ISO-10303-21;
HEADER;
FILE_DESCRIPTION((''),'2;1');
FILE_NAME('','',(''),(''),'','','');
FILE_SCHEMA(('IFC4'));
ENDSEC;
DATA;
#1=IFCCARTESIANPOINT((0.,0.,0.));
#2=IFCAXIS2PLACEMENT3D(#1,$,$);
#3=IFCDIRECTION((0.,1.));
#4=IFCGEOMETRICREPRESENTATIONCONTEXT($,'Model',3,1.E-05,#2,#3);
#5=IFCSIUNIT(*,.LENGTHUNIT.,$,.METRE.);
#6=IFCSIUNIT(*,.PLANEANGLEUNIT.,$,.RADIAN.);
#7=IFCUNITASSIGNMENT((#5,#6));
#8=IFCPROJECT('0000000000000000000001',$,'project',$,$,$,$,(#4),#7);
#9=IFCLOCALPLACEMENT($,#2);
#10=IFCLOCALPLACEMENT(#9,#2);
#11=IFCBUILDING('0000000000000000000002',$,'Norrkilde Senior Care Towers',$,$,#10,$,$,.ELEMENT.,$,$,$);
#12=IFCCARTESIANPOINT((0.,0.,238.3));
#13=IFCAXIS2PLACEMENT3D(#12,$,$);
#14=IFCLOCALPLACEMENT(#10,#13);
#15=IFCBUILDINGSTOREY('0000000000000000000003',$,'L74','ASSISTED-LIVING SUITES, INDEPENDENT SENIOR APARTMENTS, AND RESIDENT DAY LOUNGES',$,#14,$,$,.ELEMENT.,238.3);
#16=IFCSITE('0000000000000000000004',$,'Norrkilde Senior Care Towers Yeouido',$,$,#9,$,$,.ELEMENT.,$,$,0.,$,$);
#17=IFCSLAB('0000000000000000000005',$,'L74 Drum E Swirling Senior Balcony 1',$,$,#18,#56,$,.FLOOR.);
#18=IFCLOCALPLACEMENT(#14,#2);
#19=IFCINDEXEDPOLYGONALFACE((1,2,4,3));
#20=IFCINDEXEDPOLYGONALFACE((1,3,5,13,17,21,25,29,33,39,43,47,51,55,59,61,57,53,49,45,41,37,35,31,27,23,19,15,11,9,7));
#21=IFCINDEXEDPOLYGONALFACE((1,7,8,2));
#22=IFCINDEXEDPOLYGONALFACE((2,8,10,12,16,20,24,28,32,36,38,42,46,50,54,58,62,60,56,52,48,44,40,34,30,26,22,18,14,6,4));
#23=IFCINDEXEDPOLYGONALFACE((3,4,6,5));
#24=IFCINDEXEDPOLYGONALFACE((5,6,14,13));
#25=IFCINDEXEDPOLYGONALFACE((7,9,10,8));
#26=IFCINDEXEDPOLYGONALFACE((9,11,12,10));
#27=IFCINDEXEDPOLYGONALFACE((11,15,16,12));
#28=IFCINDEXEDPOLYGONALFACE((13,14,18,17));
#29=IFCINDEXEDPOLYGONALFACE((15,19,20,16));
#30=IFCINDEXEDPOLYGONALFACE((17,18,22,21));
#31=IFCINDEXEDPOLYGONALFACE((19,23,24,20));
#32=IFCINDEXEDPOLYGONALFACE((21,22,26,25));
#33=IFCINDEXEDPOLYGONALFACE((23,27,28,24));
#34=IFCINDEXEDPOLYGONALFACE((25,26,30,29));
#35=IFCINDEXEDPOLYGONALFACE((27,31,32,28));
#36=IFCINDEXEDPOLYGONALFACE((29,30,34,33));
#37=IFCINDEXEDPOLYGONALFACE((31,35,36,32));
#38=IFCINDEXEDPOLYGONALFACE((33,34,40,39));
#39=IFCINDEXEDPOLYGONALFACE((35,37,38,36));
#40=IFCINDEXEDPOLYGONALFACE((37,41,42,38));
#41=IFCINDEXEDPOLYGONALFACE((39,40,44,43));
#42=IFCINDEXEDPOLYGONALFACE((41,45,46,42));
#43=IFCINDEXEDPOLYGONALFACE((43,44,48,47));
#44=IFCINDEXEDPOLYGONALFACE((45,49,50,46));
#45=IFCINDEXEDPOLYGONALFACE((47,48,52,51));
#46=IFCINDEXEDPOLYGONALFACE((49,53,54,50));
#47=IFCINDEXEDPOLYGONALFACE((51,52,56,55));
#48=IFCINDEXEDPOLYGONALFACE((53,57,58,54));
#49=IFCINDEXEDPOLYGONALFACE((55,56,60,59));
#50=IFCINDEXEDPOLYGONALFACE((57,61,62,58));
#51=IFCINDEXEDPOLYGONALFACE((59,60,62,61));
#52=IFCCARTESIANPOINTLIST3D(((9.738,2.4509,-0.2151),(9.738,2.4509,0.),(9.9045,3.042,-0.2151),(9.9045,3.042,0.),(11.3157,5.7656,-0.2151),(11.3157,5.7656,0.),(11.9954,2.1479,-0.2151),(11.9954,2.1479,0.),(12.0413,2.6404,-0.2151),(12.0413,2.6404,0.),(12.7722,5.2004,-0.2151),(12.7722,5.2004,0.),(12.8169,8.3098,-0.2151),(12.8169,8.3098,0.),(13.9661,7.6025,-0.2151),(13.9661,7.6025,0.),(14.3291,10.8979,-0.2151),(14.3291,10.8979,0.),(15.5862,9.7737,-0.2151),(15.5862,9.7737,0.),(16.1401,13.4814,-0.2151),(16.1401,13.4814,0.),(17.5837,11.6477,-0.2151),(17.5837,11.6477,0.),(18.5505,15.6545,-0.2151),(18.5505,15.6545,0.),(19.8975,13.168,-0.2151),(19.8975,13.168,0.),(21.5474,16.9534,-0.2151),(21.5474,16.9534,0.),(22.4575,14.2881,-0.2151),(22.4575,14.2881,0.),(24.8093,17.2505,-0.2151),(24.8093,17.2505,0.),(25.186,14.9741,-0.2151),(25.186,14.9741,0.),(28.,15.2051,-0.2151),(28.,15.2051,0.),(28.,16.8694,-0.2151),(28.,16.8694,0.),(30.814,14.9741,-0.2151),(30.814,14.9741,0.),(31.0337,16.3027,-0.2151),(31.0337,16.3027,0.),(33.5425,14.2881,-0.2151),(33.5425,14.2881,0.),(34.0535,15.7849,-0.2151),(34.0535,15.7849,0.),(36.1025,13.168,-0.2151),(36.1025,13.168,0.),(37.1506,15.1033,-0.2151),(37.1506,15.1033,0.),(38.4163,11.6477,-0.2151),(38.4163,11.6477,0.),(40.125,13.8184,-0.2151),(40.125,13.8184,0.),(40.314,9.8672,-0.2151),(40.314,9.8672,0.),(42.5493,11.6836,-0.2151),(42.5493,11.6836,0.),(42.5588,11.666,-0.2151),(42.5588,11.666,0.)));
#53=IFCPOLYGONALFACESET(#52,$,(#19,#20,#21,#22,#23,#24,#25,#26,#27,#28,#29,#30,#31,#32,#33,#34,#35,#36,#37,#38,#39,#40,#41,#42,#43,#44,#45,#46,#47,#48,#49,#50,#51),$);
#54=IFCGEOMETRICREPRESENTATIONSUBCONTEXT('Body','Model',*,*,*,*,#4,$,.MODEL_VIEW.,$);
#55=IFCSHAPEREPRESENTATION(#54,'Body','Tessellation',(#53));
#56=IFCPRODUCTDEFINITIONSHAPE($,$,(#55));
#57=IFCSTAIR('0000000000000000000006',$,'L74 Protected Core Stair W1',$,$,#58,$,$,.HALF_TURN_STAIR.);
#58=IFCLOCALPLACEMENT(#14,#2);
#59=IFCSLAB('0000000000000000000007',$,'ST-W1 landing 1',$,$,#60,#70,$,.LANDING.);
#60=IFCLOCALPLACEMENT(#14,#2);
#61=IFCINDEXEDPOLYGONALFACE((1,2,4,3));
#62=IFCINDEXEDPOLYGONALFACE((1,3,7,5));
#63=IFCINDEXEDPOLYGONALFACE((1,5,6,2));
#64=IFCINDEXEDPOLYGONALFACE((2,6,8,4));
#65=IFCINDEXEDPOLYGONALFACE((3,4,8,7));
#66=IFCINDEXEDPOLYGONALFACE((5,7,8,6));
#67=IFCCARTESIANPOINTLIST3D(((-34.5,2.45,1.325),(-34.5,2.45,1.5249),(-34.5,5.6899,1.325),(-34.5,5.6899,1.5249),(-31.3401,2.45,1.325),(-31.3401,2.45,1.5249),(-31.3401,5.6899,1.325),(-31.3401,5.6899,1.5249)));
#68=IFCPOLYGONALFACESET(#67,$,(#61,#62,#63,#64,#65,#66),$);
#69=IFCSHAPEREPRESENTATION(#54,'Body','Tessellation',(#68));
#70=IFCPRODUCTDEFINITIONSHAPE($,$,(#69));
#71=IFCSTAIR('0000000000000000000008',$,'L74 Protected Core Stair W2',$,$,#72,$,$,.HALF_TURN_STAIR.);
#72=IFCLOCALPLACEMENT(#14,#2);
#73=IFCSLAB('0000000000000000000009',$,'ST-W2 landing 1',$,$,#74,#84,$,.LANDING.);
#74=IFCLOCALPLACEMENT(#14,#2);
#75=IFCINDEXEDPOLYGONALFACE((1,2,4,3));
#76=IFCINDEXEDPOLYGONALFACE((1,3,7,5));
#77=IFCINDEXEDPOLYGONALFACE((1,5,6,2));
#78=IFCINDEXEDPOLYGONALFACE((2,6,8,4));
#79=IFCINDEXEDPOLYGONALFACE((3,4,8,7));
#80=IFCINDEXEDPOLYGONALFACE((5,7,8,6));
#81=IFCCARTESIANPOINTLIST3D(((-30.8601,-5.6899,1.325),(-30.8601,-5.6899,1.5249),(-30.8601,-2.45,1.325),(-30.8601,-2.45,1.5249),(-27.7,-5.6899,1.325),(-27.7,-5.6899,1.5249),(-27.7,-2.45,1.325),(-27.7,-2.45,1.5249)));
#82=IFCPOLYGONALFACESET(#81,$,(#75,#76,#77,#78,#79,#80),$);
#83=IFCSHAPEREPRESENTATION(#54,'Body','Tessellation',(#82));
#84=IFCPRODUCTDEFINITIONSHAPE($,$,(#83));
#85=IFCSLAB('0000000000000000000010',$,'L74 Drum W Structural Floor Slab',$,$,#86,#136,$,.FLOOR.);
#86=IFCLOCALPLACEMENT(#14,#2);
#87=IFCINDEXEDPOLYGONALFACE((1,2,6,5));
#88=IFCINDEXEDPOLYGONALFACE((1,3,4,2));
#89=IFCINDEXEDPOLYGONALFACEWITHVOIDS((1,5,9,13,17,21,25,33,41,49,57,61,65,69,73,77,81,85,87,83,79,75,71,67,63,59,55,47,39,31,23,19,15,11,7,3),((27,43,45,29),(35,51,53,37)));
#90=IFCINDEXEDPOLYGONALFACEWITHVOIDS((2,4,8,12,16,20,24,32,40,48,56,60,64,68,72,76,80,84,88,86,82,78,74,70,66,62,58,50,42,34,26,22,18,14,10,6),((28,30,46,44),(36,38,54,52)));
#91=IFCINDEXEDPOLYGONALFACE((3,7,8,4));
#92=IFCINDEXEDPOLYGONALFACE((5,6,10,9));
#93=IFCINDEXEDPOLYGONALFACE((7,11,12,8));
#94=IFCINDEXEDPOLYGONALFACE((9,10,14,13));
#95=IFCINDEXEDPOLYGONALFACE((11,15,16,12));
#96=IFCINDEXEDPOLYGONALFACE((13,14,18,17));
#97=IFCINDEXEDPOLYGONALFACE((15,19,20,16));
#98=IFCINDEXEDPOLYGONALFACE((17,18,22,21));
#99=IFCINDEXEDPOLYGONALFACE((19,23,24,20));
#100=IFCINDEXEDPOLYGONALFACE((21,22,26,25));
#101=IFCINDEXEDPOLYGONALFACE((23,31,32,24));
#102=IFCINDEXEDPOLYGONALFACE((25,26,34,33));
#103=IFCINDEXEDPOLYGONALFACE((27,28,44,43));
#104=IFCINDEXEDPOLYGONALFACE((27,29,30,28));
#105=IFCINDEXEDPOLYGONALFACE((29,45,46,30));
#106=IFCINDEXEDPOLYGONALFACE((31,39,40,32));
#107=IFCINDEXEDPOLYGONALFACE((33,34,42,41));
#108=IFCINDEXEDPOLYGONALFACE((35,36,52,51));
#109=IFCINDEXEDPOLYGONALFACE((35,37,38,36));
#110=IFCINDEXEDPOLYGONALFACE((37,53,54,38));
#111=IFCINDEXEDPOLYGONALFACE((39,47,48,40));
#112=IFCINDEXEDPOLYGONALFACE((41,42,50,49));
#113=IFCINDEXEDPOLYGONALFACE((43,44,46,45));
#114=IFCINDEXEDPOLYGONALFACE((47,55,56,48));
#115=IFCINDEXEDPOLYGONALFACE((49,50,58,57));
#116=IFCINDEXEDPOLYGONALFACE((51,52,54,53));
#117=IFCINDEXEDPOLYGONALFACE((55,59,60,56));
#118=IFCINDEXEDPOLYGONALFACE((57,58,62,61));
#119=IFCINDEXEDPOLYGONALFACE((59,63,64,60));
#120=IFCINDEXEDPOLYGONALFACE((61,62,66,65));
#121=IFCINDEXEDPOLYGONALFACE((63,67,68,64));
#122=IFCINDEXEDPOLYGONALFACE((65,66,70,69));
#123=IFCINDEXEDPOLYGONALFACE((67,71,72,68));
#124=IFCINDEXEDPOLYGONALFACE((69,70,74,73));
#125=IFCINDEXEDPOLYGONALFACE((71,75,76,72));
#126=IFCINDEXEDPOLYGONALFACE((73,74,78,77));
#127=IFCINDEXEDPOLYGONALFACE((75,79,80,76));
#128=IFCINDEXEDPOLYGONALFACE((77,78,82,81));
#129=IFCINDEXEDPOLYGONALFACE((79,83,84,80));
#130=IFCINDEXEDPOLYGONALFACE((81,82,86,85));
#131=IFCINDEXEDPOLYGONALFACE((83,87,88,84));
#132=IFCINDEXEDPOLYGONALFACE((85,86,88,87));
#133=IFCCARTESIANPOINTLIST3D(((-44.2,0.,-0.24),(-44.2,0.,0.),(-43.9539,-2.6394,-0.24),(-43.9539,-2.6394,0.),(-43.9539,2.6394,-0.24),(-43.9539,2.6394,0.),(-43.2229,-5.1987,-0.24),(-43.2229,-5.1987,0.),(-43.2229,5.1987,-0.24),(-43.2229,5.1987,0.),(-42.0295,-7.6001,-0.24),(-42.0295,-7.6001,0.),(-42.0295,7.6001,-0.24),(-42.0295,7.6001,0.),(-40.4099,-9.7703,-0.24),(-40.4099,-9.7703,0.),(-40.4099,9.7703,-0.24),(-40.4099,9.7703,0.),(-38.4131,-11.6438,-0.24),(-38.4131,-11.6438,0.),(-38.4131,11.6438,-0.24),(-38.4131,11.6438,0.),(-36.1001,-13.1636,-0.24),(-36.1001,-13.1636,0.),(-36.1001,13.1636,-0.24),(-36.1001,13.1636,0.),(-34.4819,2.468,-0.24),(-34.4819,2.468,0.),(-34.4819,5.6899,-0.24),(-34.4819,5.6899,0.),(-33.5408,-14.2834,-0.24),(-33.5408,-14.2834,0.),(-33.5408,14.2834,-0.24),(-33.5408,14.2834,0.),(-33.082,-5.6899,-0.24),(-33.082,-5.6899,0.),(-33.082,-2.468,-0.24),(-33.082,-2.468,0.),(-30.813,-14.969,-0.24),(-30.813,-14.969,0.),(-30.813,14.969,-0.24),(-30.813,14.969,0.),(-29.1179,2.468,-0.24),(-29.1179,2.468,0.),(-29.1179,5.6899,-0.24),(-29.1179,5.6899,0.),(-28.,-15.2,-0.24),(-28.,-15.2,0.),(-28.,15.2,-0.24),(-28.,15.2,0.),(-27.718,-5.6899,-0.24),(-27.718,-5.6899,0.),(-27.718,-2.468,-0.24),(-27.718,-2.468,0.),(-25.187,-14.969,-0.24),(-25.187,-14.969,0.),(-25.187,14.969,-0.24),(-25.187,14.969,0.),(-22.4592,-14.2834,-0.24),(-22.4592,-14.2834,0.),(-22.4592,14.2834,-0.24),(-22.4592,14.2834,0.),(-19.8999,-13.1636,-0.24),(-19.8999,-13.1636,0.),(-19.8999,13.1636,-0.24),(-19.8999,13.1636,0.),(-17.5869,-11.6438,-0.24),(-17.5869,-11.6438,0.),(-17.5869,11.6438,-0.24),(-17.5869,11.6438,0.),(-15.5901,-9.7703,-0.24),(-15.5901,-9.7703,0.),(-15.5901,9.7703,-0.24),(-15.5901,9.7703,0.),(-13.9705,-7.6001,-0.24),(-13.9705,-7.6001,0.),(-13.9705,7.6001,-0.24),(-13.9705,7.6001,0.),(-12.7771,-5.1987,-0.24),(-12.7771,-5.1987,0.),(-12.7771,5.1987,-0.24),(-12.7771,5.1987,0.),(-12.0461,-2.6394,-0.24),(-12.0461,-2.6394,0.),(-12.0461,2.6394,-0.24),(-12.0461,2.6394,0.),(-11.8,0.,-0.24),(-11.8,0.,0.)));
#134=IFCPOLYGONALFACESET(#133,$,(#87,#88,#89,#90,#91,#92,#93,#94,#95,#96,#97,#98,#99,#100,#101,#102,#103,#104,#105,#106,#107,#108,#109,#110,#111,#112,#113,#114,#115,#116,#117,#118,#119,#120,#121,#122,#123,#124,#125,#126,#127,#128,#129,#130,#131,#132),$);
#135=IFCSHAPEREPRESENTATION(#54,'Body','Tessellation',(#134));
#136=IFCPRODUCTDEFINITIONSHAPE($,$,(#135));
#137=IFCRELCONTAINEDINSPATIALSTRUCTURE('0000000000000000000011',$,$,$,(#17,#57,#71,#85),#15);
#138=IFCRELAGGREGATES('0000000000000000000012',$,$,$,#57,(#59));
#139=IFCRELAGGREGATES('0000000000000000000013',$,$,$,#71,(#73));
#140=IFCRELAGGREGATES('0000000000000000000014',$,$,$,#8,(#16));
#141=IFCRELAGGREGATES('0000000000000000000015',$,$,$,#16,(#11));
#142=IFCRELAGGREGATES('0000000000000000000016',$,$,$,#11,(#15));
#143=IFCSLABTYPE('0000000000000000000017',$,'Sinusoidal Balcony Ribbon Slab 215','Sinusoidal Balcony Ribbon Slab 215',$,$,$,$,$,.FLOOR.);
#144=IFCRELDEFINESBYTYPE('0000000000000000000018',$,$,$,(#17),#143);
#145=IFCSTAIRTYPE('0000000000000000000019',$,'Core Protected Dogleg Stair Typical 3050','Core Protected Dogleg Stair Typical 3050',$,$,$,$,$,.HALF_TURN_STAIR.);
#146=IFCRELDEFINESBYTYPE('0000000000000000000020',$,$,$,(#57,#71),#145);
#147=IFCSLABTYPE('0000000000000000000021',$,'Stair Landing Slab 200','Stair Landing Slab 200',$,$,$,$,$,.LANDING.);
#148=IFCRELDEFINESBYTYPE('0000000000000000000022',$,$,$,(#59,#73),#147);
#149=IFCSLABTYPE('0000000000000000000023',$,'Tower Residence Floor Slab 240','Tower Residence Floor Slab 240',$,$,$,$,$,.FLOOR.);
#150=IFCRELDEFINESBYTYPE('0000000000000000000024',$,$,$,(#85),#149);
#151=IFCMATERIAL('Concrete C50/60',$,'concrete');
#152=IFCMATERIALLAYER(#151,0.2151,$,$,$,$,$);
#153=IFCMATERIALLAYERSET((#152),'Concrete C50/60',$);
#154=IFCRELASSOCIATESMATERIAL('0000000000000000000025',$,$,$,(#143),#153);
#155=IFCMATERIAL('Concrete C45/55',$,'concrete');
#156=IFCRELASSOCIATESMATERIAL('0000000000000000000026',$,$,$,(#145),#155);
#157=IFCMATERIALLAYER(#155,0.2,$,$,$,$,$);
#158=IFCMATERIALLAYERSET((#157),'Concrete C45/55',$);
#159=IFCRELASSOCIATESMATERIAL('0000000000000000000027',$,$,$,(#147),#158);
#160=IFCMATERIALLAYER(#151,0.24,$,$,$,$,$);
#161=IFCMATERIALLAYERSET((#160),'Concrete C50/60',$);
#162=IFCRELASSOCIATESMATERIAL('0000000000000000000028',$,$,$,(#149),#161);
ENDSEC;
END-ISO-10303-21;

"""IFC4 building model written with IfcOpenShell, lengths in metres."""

from ifc_helpers import new_model, si_unit, direction, frame, origin, place, context, subcontext, project, spatial, polyline, outline, extrude, material, layer, layer_set, type_object, element, aggregate, save


model = new_model("IFC4")

# Units and contexts
model_context = context("Model", 3, precision=1e-05, world=origin(), true_north=direction((0.0, 1.0)))
body_context = subcontext(model_context, "Body", "Model", "MODEL_VIEW")
ifc_project = project(units=[si_unit("LENGTHUNIT", "METRE"), si_unit("PLANEANGLEUNIT", "RADIAN")], contexts=[model_context])

# Site, building, storey
site_placement = place(None, origin())
site = spatial("IfcSite", under=ifc_project, at=site_placement, Name="Norrkilde Senior Care Towers Yeouido", CompositionType="ELEMENT", RefElevation=0.0)
building_placement = place(site_placement, origin())
building = spatial("IfcBuilding", under=site, at=building_placement, Name="Norrkilde Senior Care Towers", CompositionType="ELEMENT")
storey_placement = place(building_placement, frame((0.0, 0.0, 238.3)))
storey = spatial("IfcBuildingStorey", under=building, at=storey_placement, Name="L74", Description="ASSISTED-LIVING SUITES, INDEPENDENT SENIOR APARTMENTS, AND RESIDENT DAY LOUNGES", CompositionType="ELEMENT", Elevation=238.3)

# Shared definitions
ifc_material_1 = material(Name="Concrete C50/60", Category="concrete")

# Slab
ifc_layer_1 = layer(ifc_material_1, 0.2151)
ifc_layer_set_1 = layer_set([ifc_layer_1], Name="Concrete C50/60")
slab_type_1 = type_object("IfcSlabType", Name="Sinusoidal Balcony Ribbon Slab 215", Description="Sinusoidal Balcony Ribbon Slab 215", PredefinedType="FLOOR", material=ifc_layer_set_1)
slab_1_placement = place(storey_placement, frame((0.0, 0.0, -0.2151)))
element("IfcSlab", 1, at=slab_1_placement, inside=storey, type_object=slab_type_1, Name="L74 Drum E Swirling Senior Balcony 1", PredefinedType="FLOOR", context=body_context, shape_type="SweptSolid", body=[
    extrude(outline(polyline([(11.3157, 5.7656), (12.8169, 8.3098), (14.3291, 10.8979), (16.1401, 13.4814), (18.5505, 15.6545), (21.5474, 16.9534), (24.8093, 17.2505), (28.0, 16.8694), (31.0337, 16.3027), (34.0535, 15.7849), (37.1506, 15.1033), (40.125, 13.8184), (42.5493, 11.6836), (42.5588, 11.666), (40.314, 9.8672), (38.4163, 11.6477), (36.1025, 13.168), (33.5425, 14.2881), (30.814, 14.9741), (28.0, 15.2051), (25.186, 14.9741), (22.4575, 14.2881), (19.8975, 13.168), (17.5837, 11.6477), (15.5862, 9.7737), (13.9661, 7.6025), (12.7722, 5.2004), (12.0413, 2.6404), (11.9954, 2.1479), (9.738, 2.4509), (9.9045, 3.042), (11.3157, 5.7656)])), origin(), (0.0, 0.0, 1.0), 0.2151),
])

# Stairs, slabs
ifc_material_2 = material(Name="Concrete C45/55", Category="concrete")
stair_type = type_object("IfcStairType", Name="Core Protected Dogleg Stair Typical 3050", Description="Core Protected Dogleg Stair Typical 3050", PredefinedType="HALF_TURN_STAIR", material=ifc_material_2)
stair_1_placement = place(storey_placement, origin())
stair_1 = element("IfcStair", 2, at=stair_1_placement, inside=storey, type_object=stair_type, Name="L74 Protected Core Stair W1", PredefinedType="HALF_TURN_STAIR")
ifc_layer_2 = layer(ifc_material_2, 0.2)
ifc_layer_set_2 = layer_set([ifc_layer_2], Name="Concrete C45/55")
slab_type_2 = type_object("IfcSlabType", Name="Stair Landing Slab 200", Description="Stair Landing Slab 200", PredefinedType="LANDING", material=ifc_layer_set_2)
slab_2_placement = place(storey_placement, frame((0.0, 0.0, 1.325)))
slab_2 = element("IfcSlab", 3, at=slab_2_placement, type_object=slab_type_2, Name="ST-W1 landing 1", PredefinedType="LANDING", context=body_context, shape_type="SweptSolid", body=[
    extrude(outline(polyline([(-31.3401, 5.6899), (-34.5, 5.6899), (-34.5, 2.45), (-31.3401, 2.45), (-31.3401, 5.6899)])), origin(), (0.0, 0.0, 1.0), 0.2),
])
aggregate(stair_1, [slab_2])
stair_2_placement = place(storey_placement, origin())
stair_2 = element("IfcStair", 4, at=stair_2_placement, inside=storey, type_object=stair_type, Name="L74 Protected Core Stair W2", PredefinedType="HALF_TURN_STAIR")
slab_3_placement = place(storey_placement, frame((0.0, 0.0, 1.325)))
slab_3 = element("IfcSlab", 5, at=slab_3_placement, type_object=slab_type_2, Name="ST-W2 landing 1", PredefinedType="LANDING", context=body_context, shape_type="SweptSolid", body=[
    extrude(outline(polyline([(-30.8601, -5.6899), (-27.7, -5.6899), (-27.7, -2.45), (-30.8601, -2.45), (-30.8601, -5.6899)])), origin(), (0.0, 0.0, 1.0), 0.2),
])
aggregate(stair_2, [slab_3])

# Slab
ifc_layer_3 = layer(ifc_material_1, 0.24)
ifc_layer_set_3 = layer_set([ifc_layer_3], Name="Concrete C50/60")
slab_type_3 = type_object("IfcSlabType", Name="Tower Residence Floor Slab 240", Description="Tower Residence Floor Slab 240", PredefinedType="FLOOR", material=ifc_layer_set_3)
slab_4_placement = place(storey_placement, frame((0.0, 0.0, -0.24)))
element("IfcSlab", 6, at=slab_4_placement, inside=storey, type_object=slab_type_3, Name="L74 Drum W Structural Floor Slab", PredefinedType="FLOOR", context=body_context, shape_type="SweptSolid", body=[
    extrude(outline(polyline([(-12.7771, -5.1987), (-13.9705, -7.6001), (-15.5901, -9.7703), (-17.5869, -11.6438), (-19.8999, -13.1636), (-22.4592, -14.2834), (-25.187, -14.969), (-28.0, -15.2), (-30.813, -14.969), (-33.5408, -14.2834), (-36.1001, -13.1636), (-38.4131, -11.6438), (-40.4099, -9.7703), (-42.0295, -7.6001), (-43.2229, -5.1987), (-43.9539, -2.6394), (-44.2, 0.0), (-43.9539, 2.6394), (-43.2229, 5.1987), (-42.0295, 7.6001), (-40.4099, 9.7703), (-38.4131, 11.6438), (-36.1001, 13.1636), (-33.5408, 14.2834), (-30.813, 14.969), (-28.0, 15.2), (-25.187, 14.969), (-22.4592, 14.2834), (-19.8999, 13.1636), (-17.5869, 11.6438), (-15.5901, 9.7703), (-13.9705, 7.6001), (-12.7771, 5.1987), (-12.0461, 2.6394), (-11.8, 0.0), (-12.0461, -2.6394), (-12.7771, -5.1987)]), holes=[polyline([(-34.4819, 2.468), (-29.1179, 2.468), (-29.1179, 5.6899), (-34.4819, 5.6899), (-34.4819, 2.468)]), polyline([(-27.718, -5.6899), (-27.718, -2.468), (-33.082, -2.468), (-33.082, -5.6899), (-27.718, -5.6899)])]), origin(), (0.0, 0.0, 1.0), 0.24),
])

save(model, "model.ifc")
